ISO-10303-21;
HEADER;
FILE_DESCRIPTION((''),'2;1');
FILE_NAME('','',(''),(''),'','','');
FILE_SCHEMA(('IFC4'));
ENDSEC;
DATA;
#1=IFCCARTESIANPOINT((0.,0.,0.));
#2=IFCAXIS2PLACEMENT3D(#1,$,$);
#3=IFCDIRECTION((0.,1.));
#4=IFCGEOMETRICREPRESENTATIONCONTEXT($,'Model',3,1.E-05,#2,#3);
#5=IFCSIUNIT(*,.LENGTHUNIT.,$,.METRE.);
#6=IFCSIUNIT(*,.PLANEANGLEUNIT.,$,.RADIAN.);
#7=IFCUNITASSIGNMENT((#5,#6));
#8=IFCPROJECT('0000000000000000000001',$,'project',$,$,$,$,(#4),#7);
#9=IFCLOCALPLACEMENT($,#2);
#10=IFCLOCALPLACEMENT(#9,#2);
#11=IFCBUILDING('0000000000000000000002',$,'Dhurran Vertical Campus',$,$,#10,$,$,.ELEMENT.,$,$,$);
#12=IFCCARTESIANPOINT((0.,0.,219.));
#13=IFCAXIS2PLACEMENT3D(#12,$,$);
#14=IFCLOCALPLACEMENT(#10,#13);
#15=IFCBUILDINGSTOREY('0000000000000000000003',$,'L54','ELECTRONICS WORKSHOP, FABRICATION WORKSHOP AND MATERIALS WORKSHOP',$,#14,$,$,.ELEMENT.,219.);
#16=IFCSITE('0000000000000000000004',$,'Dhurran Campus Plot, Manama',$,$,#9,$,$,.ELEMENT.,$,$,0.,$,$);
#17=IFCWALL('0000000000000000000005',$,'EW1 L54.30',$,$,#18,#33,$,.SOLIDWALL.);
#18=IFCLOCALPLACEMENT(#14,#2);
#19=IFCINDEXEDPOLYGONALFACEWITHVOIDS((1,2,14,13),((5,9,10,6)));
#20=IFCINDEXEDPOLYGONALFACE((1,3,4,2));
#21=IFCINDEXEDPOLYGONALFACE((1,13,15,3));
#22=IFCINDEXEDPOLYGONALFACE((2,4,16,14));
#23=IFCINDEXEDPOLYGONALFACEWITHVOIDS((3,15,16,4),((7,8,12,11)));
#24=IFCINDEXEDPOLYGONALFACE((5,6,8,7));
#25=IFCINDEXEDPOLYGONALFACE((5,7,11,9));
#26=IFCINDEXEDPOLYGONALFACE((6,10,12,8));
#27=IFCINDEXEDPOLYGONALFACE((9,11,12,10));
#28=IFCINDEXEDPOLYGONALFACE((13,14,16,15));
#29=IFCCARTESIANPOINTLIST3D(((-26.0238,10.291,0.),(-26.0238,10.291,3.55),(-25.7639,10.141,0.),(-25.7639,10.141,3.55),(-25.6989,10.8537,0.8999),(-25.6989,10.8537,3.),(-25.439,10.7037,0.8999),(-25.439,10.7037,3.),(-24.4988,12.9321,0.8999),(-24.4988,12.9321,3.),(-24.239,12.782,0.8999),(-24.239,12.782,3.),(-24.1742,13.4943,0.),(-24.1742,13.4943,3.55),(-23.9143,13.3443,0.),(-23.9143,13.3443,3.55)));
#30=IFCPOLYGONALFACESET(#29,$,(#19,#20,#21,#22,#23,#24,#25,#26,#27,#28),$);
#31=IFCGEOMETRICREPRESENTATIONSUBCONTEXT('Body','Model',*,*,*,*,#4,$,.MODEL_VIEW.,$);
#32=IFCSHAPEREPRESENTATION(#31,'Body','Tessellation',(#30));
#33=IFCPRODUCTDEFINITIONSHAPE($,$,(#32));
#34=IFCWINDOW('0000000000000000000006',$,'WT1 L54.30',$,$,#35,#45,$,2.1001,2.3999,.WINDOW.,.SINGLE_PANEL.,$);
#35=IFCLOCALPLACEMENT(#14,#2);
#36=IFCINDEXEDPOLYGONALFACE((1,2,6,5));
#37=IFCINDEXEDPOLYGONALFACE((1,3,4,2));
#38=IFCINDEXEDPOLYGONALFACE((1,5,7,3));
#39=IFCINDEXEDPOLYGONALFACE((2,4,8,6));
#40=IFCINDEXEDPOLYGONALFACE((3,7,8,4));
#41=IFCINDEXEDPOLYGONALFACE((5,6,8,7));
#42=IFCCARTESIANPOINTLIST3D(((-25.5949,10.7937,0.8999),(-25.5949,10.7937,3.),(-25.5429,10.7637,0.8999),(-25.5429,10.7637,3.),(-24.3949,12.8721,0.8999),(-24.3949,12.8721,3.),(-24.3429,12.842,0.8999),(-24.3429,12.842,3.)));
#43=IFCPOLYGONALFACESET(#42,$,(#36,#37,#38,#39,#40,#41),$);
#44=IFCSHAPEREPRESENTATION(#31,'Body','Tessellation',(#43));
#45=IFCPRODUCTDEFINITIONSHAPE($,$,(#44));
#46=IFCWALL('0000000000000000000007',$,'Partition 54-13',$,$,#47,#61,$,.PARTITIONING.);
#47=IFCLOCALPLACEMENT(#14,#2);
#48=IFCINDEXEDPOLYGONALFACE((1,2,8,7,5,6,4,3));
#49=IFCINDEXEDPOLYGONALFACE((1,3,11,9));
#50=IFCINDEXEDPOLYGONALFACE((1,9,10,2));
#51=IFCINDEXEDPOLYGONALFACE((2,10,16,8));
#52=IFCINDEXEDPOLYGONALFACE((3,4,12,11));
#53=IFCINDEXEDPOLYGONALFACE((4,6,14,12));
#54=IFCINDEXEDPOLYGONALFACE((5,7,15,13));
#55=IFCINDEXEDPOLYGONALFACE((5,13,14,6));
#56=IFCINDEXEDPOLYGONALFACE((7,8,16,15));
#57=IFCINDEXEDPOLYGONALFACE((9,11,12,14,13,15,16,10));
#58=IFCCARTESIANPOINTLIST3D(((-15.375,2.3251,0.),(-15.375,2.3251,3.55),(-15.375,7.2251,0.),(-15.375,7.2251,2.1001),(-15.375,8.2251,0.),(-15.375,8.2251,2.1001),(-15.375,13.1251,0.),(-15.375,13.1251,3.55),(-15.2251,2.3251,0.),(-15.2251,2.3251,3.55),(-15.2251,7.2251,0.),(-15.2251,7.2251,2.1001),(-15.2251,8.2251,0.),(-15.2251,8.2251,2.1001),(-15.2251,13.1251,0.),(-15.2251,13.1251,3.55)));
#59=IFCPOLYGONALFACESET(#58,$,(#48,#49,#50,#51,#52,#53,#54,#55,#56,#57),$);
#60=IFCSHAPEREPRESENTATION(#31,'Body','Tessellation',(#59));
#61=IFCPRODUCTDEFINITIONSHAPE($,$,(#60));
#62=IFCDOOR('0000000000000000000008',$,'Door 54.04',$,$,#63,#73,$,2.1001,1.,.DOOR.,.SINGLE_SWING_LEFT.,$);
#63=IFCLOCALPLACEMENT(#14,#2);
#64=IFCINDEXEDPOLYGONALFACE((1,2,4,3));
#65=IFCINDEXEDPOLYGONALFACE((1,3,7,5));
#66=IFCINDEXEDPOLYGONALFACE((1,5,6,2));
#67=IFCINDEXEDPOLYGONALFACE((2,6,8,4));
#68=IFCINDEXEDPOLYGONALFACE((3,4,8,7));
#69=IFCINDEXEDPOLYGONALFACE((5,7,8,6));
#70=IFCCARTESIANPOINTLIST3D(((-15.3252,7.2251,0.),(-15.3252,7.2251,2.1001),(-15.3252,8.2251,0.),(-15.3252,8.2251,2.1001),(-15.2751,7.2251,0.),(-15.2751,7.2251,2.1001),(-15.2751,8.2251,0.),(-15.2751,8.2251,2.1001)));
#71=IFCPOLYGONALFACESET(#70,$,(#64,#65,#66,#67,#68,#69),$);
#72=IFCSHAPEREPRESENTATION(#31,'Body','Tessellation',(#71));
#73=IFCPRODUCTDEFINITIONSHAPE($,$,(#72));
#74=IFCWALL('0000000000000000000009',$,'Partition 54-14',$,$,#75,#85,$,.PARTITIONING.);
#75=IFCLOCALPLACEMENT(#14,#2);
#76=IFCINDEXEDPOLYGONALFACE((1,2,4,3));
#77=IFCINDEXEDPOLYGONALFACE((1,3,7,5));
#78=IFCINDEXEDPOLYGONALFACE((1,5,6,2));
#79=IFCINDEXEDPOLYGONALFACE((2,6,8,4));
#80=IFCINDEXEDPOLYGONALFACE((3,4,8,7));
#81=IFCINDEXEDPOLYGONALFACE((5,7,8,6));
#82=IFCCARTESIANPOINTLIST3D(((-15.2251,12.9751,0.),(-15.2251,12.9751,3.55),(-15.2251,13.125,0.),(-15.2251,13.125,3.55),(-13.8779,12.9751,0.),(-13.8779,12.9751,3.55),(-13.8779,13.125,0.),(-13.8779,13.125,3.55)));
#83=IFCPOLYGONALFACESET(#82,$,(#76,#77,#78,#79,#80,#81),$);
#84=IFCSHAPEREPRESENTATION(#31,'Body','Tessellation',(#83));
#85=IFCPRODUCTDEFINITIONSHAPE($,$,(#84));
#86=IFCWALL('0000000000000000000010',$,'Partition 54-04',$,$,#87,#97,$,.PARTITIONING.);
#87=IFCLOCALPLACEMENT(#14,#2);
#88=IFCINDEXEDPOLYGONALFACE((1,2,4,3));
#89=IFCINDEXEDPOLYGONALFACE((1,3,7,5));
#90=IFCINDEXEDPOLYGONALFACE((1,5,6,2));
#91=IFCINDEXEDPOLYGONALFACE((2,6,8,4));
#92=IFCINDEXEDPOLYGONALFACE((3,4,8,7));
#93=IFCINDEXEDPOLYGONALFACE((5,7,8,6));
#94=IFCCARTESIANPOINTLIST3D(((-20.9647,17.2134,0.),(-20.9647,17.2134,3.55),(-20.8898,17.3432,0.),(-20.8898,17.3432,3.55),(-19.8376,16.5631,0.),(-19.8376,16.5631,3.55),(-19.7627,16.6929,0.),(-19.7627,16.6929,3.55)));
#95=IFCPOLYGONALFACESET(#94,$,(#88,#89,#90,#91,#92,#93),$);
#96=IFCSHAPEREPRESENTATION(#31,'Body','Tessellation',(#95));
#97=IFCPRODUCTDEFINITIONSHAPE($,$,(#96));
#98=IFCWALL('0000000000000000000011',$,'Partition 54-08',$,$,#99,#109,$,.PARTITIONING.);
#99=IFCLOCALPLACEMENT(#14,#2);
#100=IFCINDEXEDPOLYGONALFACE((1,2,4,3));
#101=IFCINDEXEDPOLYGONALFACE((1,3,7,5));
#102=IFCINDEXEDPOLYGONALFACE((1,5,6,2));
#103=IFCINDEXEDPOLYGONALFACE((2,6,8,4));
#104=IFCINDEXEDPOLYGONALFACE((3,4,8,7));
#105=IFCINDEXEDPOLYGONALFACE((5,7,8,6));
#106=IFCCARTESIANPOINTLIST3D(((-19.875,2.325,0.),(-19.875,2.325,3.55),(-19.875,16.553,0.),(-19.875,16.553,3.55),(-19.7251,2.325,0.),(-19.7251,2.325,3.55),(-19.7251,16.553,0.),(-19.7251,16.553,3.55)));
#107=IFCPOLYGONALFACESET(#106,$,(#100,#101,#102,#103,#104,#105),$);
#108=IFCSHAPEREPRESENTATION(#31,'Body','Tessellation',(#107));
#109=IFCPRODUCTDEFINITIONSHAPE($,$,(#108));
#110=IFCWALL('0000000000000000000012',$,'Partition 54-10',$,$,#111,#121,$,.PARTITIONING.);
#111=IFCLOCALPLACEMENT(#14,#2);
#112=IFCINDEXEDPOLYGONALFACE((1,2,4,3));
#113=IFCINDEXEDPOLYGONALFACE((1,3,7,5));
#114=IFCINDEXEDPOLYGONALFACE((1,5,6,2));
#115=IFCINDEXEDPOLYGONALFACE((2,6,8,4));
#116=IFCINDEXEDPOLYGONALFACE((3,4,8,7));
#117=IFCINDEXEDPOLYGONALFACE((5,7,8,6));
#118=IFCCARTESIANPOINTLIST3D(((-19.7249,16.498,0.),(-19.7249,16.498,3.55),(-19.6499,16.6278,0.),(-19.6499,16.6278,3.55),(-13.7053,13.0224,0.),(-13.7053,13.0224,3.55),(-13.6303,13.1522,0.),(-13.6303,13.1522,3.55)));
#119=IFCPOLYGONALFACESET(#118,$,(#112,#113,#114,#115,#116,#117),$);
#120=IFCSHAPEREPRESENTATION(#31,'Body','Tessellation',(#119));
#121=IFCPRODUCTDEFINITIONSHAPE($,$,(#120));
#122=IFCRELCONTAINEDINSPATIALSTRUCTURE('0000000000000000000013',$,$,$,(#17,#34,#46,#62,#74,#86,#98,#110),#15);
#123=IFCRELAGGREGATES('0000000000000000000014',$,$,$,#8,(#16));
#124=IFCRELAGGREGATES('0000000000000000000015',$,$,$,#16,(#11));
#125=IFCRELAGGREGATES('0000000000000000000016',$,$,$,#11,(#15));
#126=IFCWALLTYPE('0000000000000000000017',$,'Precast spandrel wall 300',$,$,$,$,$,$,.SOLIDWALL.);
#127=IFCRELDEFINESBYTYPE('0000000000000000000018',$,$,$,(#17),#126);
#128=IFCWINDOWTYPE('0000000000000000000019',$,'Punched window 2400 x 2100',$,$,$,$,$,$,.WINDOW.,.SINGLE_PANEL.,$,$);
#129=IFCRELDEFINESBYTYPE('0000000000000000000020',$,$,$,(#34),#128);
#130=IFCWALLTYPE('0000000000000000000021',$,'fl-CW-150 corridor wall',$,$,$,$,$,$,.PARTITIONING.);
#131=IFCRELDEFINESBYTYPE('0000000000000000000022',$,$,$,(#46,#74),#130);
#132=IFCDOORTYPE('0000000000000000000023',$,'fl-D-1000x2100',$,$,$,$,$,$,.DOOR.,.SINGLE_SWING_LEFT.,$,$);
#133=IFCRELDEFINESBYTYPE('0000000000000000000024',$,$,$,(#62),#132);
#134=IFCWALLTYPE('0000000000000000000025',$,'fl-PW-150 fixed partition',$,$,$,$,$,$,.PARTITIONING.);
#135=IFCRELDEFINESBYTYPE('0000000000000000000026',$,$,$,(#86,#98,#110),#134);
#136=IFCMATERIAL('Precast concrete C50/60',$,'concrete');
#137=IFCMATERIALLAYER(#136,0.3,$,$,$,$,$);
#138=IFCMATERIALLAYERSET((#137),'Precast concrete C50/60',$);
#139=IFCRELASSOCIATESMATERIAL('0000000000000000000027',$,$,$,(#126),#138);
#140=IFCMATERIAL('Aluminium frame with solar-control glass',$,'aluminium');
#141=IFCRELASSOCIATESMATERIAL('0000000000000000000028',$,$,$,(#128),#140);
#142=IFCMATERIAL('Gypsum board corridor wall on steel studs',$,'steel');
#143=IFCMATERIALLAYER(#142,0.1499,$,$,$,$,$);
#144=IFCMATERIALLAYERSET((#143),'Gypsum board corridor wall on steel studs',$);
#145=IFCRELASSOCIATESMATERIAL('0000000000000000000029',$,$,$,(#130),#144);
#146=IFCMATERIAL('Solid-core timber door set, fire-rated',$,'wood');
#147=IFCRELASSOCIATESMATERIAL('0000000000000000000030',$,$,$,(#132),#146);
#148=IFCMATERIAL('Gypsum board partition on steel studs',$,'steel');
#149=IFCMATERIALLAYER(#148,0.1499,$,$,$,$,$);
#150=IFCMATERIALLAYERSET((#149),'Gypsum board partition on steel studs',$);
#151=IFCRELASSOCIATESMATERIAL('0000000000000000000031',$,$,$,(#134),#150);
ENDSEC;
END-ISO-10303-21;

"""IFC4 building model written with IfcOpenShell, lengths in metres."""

from ifc_helpers import new_model, si_unit, direction, frame, frame_2d, origin, place, context, subcontext, project, spatial, rectangle, extrude, material, layer, layer_set, type_object, element, fill, save


model = new_model("IFC4")

# Units and contexts
model_context = context("Model", 3, precision=1e-05, world=origin(), true_north=direction((0.0, 1.0)))
body_context = subcontext(model_context, "Body", "Model", "MODEL_VIEW")
ifc_project = project(units=[si_unit("LENGTHUNIT", "METRE"), si_unit("PLANEANGLEUNIT", "RADIAN")], contexts=[model_context])

# Site, building, storey
site_placement = place(None, origin())
site = spatial("IfcSite", under=ifc_project, at=site_placement, Name="Dhurran Campus Plot, Manama", CompositionType="ELEMENT", RefElevation=0.0)
building_placement = place(site_placement, origin())
building = spatial("IfcBuilding", under=site, at=building_placement, Name="Dhurran Vertical Campus", CompositionType="ELEMENT")
storey_placement = place(building_placement, frame((0.0, 0.0, 219.0)))
storey = spatial("IfcBuildingStorey", under=building, at=storey_placement, Name="L54", Description="ELECTRONICS WORKSHOP, FABRICATION WORKSHOP AND MATERIALS WORKSHOP", CompositionType="ELEMENT", Elevation=219.0)

# Wall, opening, window
ifc_material_1 = material(Name="Precast concrete C50/60", Category="concrete")
ifc_layer_1 = layer(ifc_material_1, 0.3)
ifc_layer_set_1 = layer_set([ifc_layer_1], Name="Precast concrete C50/60")
wall_type_1 = type_object("IfcWallType", Name="Precast spandrel wall 300", PredefinedType="SOLIDWALL", material=ifc_layer_set_1)
ifc_material_2 = material(Name="Aluminium frame with solar-control glass", Category="aluminium")
window_type = type_object("IfcWindowType", Name="Punched window 2400 x 2100", PartitioningType="SINGLE_PANEL", PredefinedType="WINDOW", material=ifc_material_2)
wall_1_placement = place(storey_placement, frame((-24.0442, 13.4194, 0.0), z_axis=(0.0, 0.0, 1.0), x_axis=(-0.500029, -0.866009, 0.0)))
wall_1 = element("IfcWall", 1, at=wall_1_placement, inside=storey, type_object=wall_type_1, Name="EW1 L54.30", PredefinedType="SOLIDWALL", context=body_context, shape_type="SweptSolid", body=[
    extrude(rectangle(XDim=3.699, YDim=0.3, at=frame_2d((1.8496, 0.0))), origin(), (0.0, 0.0, 1.0), 3.55),
])
opening_1_placement = place(wall_1_placement, frame((0.6494, 0.0, 0.8999)))
opening_1 = element("IfcOpeningElement", 2, at=opening_1_placement, cuts=wall_1, PredefinedType="OPENING", context=body_context, shape_type="SweptSolid", body=[
    extrude(rectangle(XDim=2.3999, YDim=2.1001, at=frame_2d((1.2, 1.05))), frame((0.0, 0.1599, 0.0), z_axis=(0.0, -1.0, 0.0), x_axis=(1.0, 0.0, 0.0)), (0.0, 0.0, 1.0), 0.3201),
])
window_1_placement = place(opening_1_placement, origin())
window_1 = element("IfcWindow", 3, at=window_1_placement, inside=storey, type_object=window_type, Name="WT1 L54.30", OverallHeight=2.1001, OverallWidth=2.3999, PartitioningType="SINGLE_PANEL", PredefinedType="WINDOW", context=body_context, shape_type="SweptSolid", body=[
    extrude(rectangle(XDim=2.3999, YDim=2.1001, at=frame_2d((1.2, 1.05))), frame((0.0, 0.03, 0.0), z_axis=(0.0, -1.0, 0.0), x_axis=(1.0, 0.0, 0.0)), (0.0, 0.0, 1.0), 0.0601),
])
fill(opening_1, window_1)

# Wall, opening, door
ifc_material_3 = material(Name="Gypsum board corridor wall on steel studs", Category="steel")
ifc_layer_2 = layer(ifc_material_3, 0.1499)
ifc_layer_set_2 = layer_set([ifc_layer_2], Name="Gypsum board corridor wall on steel studs")
wall_type_2 = type_object("IfcWallType", Name="fl-CW-150 corridor wall", PredefinedType="PARTITIONING", material=ifc_layer_set_2)
wall_2_placement = place(storey_placement, frame((-15.3, 13.125, 0.0), z_axis=(0.0, 0.0, 1.0), x_axis=(0.0, -1.0, 0.0)))
wall_2 = element("IfcWall", 4, at=wall_2_placement, inside=storey, type_object=wall_type_2, Name="Partition 54-13", PredefinedType="PARTITIONING", context=body_context, shape_type="SweptSolid", body=[
    extrude(rectangle(XDim=10.8, YDim=0.1499, at=frame_2d((5.3999, 0.0))), origin(), (0.0, 0.0, 1.0), 3.55),
])
opening_2_placement = place(wall_2_placement, frame((4.8999, 0.0, 0.0)))
opening_2 = element("IfcOpeningElement", 5, at=opening_2_placement, cuts=wall_2, PredefinedType="OPENING", context=body_context, shape_type="SweptSolid", body=[
    extrude(rectangle(XDim=1.0, YDim=2.1001, at=frame_2d((0.5, 1.05))), frame((0.0, 0.085, 0.0), z_axis=(0.0, -1.0, 0.0), x_axis=(1.0, 0.0, 0.0)), (0.0, 0.0, 1.0), 0.1699),
])
ifc_material_4 = material(Name="Solid-core timber door set, fire-rated", Category="wood")
door_type = type_object("IfcDoorType", Name="fl-D-1000x2100", OperationType="SINGLE_SWING_LEFT", PredefinedType="DOOR", material=ifc_material_4)
door_placement = place(opening_2_placement, origin())
door = element("IfcDoor", 6, at=door_placement, inside=storey, type_object=door_type, Name="Door 54.04", OperationType="SINGLE_SWING_LEFT", OverallHeight=2.1001, OverallWidth=1.0, PredefinedType="DOOR", context=body_context, shape_type="SweptSolid", body=[
    extrude(rectangle(XDim=1.0, YDim=2.1001, at=frame_2d((0.5, 1.05))), frame((0.0, 0.0249, 0.0), z_axis=(0.0, -1.0, 0.0), x_axis=(1.0, 0.0, 0.0)), (0.0, 0.0, 1.0), 0.05),
])
fill(opening_2, door)

# Walls
wall_3_placement = place(storey_placement, frame((-13.8779, 13.05, 0.0), z_axis=(0.0, 0.0, 1.0), x_axis=(-1.0, 0.0, 0.0)))
element("IfcWall", 7, at=wall_3_placement, inside=storey, type_object=wall_type_2, Name="Partition 54-14", PredefinedType="PARTITIONING", context=body_context, shape_type="SweptSolid", body=[
    extrude(rectangle(XDim=1.3472, YDim=0.1499, at=frame_2d((0.6736, 0.0))), origin(), (0.0, 0.0, 1.0), 3.55),
])
ifc_material_5 = material(Name="Gypsum board partition on steel studs", Category="steel")
ifc_layer_3 = layer(ifc_material_5, 0.1499)
ifc_layer_set_3 = layer_set([ifc_layer_3], Name="Gypsum board partition on steel studs")
wall_type_3 = type_object("IfcWallType", Name="fl-PW-150 fixed partition", PredefinedType="PARTITIONING", material=ifc_layer_set_3)
wall_4_placement = place(storey_placement, frame((-20.9272, 17.2783, 0.0), z_axis=(0.0, 0.0, 1.0), x_axis=(0.866157, -0.499771, 0.0)))
element("IfcWall", 8, at=wall_4_placement, inside=storey, type_object=wall_type_3, Name="Partition 54-04", PredefinedType="PARTITIONING", context=body_context, shape_type="SweptSolid", body=[
    extrude(rectangle(XDim=1.3013, YDim=0.1499, at=frame_2d((0.6506, 0.0))), origin(), (0.0, 0.0, 1.0), 3.55),
])
wall_5_placement = place(storey_placement, frame((-19.8, 16.553, 0.0), z_axis=(0.0, 0.0, 1.0), x_axis=(0.0, -1.0, 0.0)))
element("IfcWall", 9, at=wall_5_placement, inside=storey, type_object=wall_type_3, Name="Partition 54-08", PredefinedType="PARTITIONING", context=body_context, shape_type="SweptSolid", body=[
    extrude(rectangle(XDim=14.228, YDim=0.1499, at=frame_2d((7.114, 0.0))), origin(), (0.0, 0.0, 1.0), 3.55),
])
wall_6_placement = place(storey_placement, frame((-19.6875, 16.563, 0.0), z_axis=(0.0, 0.0, 1.0), x_axis=(0.866012, -0.500022, 0.0)))
element("IfcWall", 10, at=wall_6_placement, inside=storey, type_object=wall_type_3, Name="Partition 54-10", PredefinedType="PARTITIONING", context=body_context, shape_type="SweptSolid", body=[
    extrude(rectangle(XDim=6.9509, YDim=0.1499, at=frame_2d((3.4756, 0.0))), origin(), (0.0, 0.0, 1.0), 3.55),
])

save(model, "model.ifc")
